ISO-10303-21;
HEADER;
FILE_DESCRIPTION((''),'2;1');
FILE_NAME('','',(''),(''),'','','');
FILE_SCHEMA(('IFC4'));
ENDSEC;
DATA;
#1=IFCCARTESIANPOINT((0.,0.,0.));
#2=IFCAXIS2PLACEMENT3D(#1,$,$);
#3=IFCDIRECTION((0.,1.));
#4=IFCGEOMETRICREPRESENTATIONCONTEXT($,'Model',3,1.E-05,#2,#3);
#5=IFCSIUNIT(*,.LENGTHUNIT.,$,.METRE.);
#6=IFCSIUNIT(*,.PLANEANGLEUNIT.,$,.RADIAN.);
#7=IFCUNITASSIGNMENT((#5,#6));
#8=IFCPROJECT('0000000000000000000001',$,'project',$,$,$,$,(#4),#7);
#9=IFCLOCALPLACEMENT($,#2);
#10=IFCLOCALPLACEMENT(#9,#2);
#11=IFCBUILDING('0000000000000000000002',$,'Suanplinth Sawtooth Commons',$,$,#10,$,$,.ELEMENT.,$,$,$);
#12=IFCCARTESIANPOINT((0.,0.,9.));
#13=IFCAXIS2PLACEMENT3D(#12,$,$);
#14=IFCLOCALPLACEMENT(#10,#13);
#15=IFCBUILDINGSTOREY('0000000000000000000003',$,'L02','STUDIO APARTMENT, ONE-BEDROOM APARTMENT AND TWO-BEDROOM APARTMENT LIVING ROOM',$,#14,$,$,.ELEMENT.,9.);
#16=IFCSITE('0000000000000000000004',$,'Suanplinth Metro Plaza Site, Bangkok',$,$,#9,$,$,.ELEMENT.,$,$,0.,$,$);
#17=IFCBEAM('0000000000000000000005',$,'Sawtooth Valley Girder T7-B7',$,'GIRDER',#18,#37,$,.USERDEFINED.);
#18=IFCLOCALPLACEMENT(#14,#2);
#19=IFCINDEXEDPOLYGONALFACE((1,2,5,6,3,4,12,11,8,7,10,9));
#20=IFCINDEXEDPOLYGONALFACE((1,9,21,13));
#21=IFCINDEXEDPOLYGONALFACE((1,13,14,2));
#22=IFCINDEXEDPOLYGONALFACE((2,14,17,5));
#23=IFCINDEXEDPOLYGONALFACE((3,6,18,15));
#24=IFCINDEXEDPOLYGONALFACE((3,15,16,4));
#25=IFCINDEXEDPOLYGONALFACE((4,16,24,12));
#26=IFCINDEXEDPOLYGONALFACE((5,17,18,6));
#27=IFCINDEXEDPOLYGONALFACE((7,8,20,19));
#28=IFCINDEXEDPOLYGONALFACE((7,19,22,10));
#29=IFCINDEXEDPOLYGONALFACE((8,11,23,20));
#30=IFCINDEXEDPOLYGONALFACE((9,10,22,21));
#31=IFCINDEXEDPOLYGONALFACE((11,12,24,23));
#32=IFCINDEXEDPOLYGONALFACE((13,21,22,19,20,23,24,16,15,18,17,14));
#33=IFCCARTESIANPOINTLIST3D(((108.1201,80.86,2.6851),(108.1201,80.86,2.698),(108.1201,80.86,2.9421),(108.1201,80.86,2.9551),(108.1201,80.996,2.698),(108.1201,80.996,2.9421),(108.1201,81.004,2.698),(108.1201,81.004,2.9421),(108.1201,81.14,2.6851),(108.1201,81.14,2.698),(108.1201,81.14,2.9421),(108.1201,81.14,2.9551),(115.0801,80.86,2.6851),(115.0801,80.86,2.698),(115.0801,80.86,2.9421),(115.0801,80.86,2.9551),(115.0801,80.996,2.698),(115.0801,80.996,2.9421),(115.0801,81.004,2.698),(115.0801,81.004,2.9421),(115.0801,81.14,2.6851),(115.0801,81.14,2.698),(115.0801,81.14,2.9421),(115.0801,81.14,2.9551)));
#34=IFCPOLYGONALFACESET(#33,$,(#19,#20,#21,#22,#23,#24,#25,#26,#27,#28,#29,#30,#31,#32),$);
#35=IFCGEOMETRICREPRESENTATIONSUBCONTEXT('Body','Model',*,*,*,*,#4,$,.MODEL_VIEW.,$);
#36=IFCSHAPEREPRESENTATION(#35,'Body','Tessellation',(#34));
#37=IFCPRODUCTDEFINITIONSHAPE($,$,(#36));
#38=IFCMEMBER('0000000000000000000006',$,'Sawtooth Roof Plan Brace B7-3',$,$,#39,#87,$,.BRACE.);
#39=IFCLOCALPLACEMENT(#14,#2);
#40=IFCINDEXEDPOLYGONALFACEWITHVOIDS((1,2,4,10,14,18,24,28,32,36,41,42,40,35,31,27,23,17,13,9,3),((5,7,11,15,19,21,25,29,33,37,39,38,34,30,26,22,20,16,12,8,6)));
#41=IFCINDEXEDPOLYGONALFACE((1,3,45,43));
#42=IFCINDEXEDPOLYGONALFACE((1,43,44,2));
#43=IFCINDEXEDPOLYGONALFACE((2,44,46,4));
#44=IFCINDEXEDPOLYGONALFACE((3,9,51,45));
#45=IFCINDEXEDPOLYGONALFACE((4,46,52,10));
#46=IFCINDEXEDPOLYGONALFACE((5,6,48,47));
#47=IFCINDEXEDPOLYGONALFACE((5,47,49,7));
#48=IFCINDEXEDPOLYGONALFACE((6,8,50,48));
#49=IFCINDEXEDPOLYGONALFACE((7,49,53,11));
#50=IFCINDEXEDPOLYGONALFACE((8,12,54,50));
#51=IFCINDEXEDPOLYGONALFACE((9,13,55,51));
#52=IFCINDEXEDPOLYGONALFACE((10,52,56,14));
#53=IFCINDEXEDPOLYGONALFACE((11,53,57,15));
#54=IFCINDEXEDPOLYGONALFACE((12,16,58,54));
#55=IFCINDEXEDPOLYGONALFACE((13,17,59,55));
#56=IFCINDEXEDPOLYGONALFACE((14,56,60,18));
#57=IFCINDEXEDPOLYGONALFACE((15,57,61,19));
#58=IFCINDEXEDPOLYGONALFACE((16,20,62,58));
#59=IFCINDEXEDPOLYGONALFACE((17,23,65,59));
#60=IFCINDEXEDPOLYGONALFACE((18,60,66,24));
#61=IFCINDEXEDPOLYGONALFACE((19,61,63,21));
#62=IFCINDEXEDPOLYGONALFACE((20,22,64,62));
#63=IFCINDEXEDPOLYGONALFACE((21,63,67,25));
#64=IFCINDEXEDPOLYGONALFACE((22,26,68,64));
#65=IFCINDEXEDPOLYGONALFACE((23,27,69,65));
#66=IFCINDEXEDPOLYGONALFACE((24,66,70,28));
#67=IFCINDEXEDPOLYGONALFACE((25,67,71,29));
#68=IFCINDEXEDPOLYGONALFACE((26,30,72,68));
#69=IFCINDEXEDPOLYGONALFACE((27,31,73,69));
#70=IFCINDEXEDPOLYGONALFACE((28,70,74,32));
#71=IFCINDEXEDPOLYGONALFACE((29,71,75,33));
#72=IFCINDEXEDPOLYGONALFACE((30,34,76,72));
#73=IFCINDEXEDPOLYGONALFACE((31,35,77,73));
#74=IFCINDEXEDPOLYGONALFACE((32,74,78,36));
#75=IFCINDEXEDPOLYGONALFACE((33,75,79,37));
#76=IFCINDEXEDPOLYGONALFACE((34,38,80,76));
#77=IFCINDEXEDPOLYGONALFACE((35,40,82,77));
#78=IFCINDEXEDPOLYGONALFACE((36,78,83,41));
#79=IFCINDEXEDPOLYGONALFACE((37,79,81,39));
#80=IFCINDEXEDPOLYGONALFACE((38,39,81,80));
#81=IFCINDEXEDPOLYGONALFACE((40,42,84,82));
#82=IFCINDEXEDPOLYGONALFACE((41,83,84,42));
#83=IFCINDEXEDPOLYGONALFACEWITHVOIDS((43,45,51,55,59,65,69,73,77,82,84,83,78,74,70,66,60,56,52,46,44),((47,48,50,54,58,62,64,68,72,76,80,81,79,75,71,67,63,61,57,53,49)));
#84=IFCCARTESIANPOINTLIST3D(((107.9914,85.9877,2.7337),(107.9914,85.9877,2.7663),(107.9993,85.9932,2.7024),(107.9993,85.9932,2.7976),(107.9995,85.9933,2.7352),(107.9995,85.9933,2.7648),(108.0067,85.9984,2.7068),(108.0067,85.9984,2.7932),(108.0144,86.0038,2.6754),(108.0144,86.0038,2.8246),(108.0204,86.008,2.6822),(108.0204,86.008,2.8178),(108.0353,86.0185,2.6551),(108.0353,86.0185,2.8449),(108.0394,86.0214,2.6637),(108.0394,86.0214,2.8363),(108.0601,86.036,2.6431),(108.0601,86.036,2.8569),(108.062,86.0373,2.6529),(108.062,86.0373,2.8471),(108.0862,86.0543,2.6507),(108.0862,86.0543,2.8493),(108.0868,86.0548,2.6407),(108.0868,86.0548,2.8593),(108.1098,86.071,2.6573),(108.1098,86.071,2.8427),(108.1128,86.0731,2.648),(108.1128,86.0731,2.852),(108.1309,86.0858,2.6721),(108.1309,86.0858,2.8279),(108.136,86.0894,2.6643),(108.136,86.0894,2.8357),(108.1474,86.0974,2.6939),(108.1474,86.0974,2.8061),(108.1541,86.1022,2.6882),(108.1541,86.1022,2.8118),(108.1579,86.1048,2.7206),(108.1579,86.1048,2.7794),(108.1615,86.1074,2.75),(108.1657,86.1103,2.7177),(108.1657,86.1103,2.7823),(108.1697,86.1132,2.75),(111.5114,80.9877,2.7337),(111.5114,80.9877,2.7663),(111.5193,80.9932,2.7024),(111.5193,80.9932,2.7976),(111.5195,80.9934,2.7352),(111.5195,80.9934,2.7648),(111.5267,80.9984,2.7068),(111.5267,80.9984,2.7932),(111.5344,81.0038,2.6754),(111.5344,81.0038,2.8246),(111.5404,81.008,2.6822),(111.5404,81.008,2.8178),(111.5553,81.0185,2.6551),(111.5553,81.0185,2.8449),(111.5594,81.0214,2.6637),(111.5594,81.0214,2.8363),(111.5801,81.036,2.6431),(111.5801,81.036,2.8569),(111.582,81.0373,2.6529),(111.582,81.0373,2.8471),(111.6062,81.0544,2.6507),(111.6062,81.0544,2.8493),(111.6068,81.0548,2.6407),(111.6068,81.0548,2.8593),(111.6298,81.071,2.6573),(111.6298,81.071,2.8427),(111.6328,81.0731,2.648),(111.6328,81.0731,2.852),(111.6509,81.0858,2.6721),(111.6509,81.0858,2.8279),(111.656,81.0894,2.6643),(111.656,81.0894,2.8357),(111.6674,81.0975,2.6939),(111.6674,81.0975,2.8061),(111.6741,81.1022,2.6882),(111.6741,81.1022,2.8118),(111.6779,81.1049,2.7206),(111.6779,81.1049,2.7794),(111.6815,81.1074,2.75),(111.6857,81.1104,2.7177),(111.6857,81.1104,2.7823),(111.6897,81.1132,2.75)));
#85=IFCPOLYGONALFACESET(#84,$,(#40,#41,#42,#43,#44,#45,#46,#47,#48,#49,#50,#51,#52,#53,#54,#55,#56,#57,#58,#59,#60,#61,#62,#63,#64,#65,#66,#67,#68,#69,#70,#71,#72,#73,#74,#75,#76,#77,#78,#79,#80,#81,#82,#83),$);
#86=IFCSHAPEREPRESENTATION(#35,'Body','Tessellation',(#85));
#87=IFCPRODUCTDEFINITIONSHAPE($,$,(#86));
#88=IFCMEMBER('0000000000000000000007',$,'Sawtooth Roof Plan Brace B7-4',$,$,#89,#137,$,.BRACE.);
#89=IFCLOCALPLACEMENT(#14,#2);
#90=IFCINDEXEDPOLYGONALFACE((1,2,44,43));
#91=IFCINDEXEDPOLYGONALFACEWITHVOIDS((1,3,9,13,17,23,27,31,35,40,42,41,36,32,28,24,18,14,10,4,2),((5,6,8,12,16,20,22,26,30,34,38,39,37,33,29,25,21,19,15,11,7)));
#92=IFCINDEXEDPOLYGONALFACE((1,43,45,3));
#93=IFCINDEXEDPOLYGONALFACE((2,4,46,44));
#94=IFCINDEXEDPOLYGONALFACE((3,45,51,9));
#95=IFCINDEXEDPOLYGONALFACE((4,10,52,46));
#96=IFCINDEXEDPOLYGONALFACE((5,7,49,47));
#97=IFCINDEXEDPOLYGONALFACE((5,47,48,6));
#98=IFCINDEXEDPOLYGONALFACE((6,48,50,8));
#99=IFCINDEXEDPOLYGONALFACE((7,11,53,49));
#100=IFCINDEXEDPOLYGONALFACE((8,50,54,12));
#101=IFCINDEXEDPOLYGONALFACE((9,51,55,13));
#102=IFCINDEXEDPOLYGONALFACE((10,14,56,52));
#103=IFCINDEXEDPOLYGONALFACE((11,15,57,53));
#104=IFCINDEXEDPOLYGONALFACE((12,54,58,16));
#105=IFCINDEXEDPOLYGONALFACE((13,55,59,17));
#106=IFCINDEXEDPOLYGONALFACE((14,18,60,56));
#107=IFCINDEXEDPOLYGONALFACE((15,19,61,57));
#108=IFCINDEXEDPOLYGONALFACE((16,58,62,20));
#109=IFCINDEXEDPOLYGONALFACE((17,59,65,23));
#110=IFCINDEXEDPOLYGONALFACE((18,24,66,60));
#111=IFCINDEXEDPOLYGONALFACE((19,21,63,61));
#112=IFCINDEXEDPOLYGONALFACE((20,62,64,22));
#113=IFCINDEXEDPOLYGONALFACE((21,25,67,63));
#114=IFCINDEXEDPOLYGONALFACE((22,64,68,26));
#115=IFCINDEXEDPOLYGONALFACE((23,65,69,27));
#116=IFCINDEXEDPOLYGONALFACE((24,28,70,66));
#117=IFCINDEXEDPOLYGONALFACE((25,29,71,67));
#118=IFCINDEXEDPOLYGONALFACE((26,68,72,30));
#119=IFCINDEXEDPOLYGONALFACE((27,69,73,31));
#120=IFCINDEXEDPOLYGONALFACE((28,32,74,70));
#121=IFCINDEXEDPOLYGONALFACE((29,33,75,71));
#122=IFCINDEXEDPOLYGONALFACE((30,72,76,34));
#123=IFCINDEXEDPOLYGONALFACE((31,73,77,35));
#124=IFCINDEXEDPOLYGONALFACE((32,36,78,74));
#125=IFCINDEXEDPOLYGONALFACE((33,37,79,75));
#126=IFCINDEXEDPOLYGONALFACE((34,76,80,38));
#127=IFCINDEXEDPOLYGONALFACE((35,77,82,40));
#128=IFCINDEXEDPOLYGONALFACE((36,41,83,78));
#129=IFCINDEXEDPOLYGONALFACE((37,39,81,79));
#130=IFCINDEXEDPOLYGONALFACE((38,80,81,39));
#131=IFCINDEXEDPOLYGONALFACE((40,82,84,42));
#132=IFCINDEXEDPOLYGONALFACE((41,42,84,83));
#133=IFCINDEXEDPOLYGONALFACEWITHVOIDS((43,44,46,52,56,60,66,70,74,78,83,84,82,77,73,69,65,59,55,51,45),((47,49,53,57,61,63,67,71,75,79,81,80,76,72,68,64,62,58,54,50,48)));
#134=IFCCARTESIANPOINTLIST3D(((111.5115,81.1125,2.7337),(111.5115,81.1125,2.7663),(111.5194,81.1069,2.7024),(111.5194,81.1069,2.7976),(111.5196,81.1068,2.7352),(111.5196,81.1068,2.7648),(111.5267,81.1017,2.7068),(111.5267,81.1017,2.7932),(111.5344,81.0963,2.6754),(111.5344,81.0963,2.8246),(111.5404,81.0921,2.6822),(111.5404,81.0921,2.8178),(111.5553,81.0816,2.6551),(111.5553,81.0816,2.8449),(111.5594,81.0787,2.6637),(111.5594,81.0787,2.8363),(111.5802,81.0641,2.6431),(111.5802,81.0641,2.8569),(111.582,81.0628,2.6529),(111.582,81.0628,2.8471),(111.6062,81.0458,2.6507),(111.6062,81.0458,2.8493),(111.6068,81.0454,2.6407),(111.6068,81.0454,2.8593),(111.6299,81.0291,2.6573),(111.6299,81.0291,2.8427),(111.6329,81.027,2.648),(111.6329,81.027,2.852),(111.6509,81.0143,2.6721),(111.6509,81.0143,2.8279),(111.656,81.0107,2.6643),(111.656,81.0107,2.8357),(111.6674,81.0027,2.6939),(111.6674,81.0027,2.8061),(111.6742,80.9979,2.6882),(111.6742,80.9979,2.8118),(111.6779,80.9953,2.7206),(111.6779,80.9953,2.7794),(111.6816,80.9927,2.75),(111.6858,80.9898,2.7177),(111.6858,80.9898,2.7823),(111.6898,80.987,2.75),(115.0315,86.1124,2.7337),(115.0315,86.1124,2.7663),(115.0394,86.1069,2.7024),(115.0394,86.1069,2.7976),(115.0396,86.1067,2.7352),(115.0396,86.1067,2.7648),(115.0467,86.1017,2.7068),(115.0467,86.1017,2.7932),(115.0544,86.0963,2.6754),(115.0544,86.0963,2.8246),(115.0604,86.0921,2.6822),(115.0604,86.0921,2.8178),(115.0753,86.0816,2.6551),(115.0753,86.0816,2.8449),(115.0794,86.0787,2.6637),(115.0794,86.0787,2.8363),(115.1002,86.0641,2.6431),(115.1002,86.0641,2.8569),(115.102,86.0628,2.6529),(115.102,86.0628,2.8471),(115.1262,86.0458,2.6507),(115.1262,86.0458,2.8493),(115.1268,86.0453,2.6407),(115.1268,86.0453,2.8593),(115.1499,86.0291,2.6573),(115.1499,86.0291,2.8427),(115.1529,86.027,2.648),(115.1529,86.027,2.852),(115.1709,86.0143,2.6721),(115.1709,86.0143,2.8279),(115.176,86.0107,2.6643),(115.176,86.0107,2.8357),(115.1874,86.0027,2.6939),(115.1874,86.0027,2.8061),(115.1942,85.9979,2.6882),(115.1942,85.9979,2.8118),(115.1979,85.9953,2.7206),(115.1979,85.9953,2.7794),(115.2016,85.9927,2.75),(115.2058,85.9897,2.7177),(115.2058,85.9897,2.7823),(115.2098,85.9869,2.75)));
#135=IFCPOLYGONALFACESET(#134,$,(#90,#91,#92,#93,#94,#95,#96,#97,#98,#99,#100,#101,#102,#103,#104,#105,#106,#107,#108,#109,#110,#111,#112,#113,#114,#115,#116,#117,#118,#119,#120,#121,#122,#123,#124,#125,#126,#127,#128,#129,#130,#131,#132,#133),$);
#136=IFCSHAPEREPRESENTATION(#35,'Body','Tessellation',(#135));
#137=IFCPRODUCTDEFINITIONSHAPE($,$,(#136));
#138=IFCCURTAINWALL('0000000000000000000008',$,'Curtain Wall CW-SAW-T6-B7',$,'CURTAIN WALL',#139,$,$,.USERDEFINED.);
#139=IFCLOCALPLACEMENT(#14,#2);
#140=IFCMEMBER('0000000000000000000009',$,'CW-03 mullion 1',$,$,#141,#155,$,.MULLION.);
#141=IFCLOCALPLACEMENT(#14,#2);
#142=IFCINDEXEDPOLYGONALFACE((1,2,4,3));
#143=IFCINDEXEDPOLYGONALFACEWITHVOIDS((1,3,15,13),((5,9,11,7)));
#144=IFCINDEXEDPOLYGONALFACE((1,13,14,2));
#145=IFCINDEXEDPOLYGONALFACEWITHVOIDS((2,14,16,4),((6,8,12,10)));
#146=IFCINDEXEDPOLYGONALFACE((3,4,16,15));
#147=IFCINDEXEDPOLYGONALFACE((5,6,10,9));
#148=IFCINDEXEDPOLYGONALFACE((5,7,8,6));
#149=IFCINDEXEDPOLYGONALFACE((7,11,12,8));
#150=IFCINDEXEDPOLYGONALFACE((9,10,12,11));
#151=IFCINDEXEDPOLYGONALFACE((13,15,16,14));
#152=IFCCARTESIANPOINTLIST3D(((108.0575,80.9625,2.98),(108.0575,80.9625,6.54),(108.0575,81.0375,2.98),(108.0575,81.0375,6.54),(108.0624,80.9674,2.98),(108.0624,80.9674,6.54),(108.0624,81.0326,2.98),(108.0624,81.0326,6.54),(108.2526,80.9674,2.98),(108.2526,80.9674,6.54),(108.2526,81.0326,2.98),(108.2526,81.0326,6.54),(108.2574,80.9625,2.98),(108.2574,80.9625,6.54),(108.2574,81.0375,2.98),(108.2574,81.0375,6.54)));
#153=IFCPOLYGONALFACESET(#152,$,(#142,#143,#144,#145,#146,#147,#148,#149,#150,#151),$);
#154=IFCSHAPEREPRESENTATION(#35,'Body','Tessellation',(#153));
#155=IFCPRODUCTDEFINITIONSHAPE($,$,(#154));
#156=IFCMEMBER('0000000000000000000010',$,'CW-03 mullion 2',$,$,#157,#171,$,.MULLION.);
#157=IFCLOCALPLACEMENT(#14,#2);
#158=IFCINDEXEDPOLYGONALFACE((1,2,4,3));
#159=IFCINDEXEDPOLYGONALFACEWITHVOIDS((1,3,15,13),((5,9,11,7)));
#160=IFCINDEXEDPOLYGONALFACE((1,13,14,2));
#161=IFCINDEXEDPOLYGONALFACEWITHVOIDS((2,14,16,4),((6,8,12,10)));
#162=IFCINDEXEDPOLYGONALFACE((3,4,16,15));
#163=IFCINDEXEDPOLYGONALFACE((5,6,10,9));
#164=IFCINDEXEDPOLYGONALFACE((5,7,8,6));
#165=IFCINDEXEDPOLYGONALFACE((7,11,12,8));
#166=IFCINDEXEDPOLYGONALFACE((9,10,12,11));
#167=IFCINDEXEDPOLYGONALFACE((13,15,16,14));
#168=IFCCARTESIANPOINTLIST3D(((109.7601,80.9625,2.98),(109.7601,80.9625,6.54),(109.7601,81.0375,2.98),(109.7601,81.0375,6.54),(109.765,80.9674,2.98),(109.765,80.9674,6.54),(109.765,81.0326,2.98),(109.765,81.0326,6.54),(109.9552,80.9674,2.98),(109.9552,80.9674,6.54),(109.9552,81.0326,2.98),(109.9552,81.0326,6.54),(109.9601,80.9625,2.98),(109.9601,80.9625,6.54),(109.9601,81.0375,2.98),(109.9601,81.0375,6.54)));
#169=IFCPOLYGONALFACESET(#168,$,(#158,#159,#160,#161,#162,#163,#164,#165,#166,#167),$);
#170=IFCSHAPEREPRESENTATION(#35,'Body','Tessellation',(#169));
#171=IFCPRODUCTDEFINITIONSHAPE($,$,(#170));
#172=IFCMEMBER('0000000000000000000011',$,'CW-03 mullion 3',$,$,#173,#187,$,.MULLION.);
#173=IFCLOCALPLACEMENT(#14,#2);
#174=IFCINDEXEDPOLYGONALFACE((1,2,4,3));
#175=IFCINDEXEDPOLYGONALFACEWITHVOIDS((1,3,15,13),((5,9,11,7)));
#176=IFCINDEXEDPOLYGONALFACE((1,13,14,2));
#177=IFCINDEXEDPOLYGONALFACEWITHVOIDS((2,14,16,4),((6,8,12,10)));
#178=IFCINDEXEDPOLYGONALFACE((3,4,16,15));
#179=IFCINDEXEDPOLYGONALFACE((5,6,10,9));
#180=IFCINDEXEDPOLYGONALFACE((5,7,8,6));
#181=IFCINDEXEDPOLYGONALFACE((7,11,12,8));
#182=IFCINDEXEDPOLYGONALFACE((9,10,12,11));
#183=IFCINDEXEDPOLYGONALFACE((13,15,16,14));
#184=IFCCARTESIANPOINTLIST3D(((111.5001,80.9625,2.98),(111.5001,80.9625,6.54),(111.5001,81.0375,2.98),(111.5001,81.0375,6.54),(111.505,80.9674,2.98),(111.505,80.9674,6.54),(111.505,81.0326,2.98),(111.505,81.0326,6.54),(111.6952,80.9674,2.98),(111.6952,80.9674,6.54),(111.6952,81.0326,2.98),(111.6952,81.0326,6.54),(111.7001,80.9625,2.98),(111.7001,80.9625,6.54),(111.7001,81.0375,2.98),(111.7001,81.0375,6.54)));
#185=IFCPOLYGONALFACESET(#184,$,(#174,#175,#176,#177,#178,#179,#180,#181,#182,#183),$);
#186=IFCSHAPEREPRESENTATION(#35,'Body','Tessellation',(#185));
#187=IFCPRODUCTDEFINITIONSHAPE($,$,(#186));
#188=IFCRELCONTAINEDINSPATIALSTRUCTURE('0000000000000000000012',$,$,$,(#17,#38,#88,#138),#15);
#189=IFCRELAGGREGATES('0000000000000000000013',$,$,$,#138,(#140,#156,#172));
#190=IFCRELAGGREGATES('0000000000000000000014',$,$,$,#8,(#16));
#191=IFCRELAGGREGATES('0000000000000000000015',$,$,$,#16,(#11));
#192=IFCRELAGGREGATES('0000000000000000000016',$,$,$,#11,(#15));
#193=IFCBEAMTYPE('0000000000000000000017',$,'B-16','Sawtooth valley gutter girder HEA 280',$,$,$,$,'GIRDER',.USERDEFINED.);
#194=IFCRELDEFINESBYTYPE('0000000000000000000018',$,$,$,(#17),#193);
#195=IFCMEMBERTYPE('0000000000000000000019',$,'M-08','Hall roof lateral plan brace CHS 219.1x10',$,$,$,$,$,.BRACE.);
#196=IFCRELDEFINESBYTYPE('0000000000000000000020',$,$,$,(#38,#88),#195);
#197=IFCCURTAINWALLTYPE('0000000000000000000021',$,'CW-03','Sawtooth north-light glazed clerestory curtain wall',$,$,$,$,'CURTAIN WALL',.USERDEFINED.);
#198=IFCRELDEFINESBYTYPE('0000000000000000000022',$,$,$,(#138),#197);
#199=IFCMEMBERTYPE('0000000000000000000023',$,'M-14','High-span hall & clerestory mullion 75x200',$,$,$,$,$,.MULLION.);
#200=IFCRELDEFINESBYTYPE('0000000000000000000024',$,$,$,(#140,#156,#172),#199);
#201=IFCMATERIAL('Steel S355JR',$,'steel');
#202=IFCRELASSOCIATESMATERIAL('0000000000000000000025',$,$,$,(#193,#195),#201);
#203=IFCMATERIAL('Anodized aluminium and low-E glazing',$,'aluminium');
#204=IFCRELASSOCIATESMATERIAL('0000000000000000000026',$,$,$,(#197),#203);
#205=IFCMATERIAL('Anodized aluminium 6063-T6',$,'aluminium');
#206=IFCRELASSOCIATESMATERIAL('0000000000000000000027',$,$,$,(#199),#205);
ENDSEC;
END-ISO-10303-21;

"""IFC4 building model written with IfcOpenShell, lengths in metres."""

from ifc_helpers import new_model, si_unit, direction, frame, origin, origin_2d, place, context, subcontext, project, spatial, hollow_rectangle, hollow_circle, i_section, extrude, material, material_profile, profile_set, type_object, element, aggregate, save


model = new_model("IFC4")

# Units and contexts
model_context = context("Model", 3, precision=1e-05, world=origin(), true_north=direction((0.0, 1.0)))
body_context = subcontext(model_context, "Body", "Model", "MODEL_VIEW")
ifc_project = project(units=[si_unit("LENGTHUNIT", "METRE"), si_unit("PLANEANGLEUNIT", "RADIAN")], contexts=[model_context])

# Site, building, storey
site_placement = place(None, origin())
site = spatial("IfcSite", under=ifc_project, at=site_placement, Name="Suanplinth Metro Plaza Site, Bangkok", CompositionType="ELEMENT", RefElevation=0.0)
building_placement = place(site_placement, origin())
building = spatial("IfcBuilding", under=site, at=building_placement, Name="Suanplinth Sawtooth Commons", CompositionType="ELEMENT")
storey_placement = place(building_placement, frame((0.0, 0.0, 9.0)))
storey = spatial("IfcBuildingStorey", under=building, at=storey_placement, Name="L02", Description="STUDIO APARTMENT, ONE-BEDROOM APARTMENT AND TWO-BEDROOM APARTMENT LIVING ROOM", CompositionType="ELEMENT", Elevation=9.0)

# Beam
ifc_material_1 = material(Name="Steel S355JR", Category="steel")
ifc_material_profile_1 = material_profile(ifc_material_1, i_section(OverallWidth=0.28, OverallDepth=0.27, WebThickness=0.0081, FlangeThickness=0.0129, at=origin_2d()), Name="HEA 280")
ifc_profile_set_1 = profile_set([ifc_material_profile_1], Name="Steel S355JR")
beam_type = type_object("IfcBeamType", Name="B-16", Description="Sawtooth valley gutter girder HEA 280", ElementType="GIRDER", PredefinedType="USERDEFINED", material=ifc_profile_set_1)
beam_placement = place(storey_placement, frame((108.1201, 81.0, 2.8201), z_axis=(1.0, 0.0, 0.0), x_axis=(0.0, 1.0, 0.0)))
element("IfcBeam", 1, at=beam_placement, inside=storey, type_object=beam_type, Name="Sawtooth Valley Girder T7-B7", ObjectType="GIRDER", PredefinedType="USERDEFINED", context=body_context, shape_type="SweptSolid", body=[
    extrude(i_section(OverallWidth=0.28, OverallDepth=0.27, WebThickness=0.0081, FlangeThickness=0.0129, at=origin_2d()), origin(), (0.0, 0.0, 1.0), 6.96),
])

# Members
ifc_material_profile_2 = material_profile(ifc_material_1, hollow_circle(Radius=0.1096, WallThickness=0.01, at=origin_2d()), Name="CHS 219.1x10")
ifc_profile_set_2 = profile_set([ifc_material_profile_2], Name="Steel S355JR")
member_type_1 = type_object("IfcMemberType", Name="M-08", Description="Hall roof lateral plan brace CHS 219.1x10", PredefinedType="BRACE", material=ifc_profile_set_2)
for number, where, z_axis, x_axis, name in (
    (2, (108.0801, 86.05, 2.75), (0.575658, -0.817691, 0.0), (0.817691, 0.575658, 0.0), "Sawtooth Roof Plan Brace B7-3"),
    (3, (115.1201, 86.05, 2.75), (-0.575658, -0.817691, 0.0), (0.817691, -0.575658, 0.0), "Sawtooth Roof Plan Brace B7-4"),
):
    element("IfcMember", number, at=place(storey_placement, frame(where, z_axis=z_axis, x_axis=x_axis)), inside=storey, type_object=member_type_1, Name=name, PredefinedType="BRACE", context=body_context, shape_type="SweptSolid", body=[
        extrude(hollow_circle(Radius=0.1096, WallThickness=0.01, at=origin_2d()), origin(), (0.0, 0.0, 1.0), 6.1147),
    ])

# Curtain wall, members
ifc_material_2 = material(Name="Anodized aluminium and low-E glazing", Category="aluminium")
curtain_wall_type = type_object("IfcCurtainWallType", Name="CW-03", Description="Sawtooth north-light glazed clerestory curtain wall", ElementType="CURTAIN WALL", PredefinedType="USERDEFINED", material=ifc_material_2)
curtain_wall_placement = place(storey_placement, origin())
curtain_wall = element("IfcCurtainWall", 4, at=curtain_wall_placement, inside=storey, type_object=curtain_wall_type, Name="Curtain Wall CW-SAW-T6-B7", ObjectType="CURTAIN WALL", PredefinedType="USERDEFINED")
ifc_material_3 = material(Name="Anodized aluminium 6063-T6", Category="aluminium")
ifc_material_profile_3 = material_profile(ifc_material_3, hollow_rectangle(XDim=0.075, YDim=0.2, WallThickness=0.0049, at=origin_2d()), Name="ALU-MUL 75x200")
ifc_profile_set_3 = profile_set([ifc_material_profile_3], Name="Anodized aluminium 6063-T6")
member_type_2 = type_object("IfcMemberType", Name="M-14", Description="High-span hall & clerestory mullion 75x200", PredefinedType="MULLION", material=ifc_profile_set_3)
member_1_placement = place(storey_placement, frame((108.1575, 81.0, 2.98), z_axis=(0.0, 0.0, 1.0), x_axis=(0.0, 1.0, 0.0)))
member_1 = element("IfcMember", 5, at=member_1_placement, type_object=member_type_2, Name="CW-03 mullion 1", PredefinedType="MULLION", context=body_context, shape_type="SweptSolid", body=[
    extrude(hollow_rectangle(XDim=0.075, YDim=0.2, WallThickness=0.0049, at=origin_2d()), origin(), (0.0, 0.0, 1.0), 3.5601),
])
member_2_placement = place(storey_placement, frame((109.8601, 81.0, 2.98), z_axis=(0.0, 0.0, 1.0), x_axis=(0.0, 1.0, 0.0)))
member_2 = element("IfcMember", 6, at=member_2_placement, type_object=member_type_2, Name="CW-03 mullion 2", PredefinedType="MULLION", context=body_context, shape_type="SweptSolid", body=[
    extrude(hollow_rectangle(XDim=0.075, YDim=0.2, WallThickness=0.0049, at=origin_2d()), origin(), (0.0, 0.0, 1.0), 3.5601),
])
member_3_placement = place(storey_placement, frame((111.6001, 81.0, 2.98), z_axis=(0.0, 0.0, 1.0), x_axis=(0.0, 1.0, 0.0)))
member_3 = element("IfcMember", 7, at=member_3_placement, type_object=member_type_2, Name="CW-03 mullion 3", PredefinedType="MULLION", context=body_context, shape_type="SweptSolid", body=[
    extrude(hollow_rectangle(XDim=0.075, YDim=0.2, WallThickness=0.0049, at=origin_2d()), origin(), (0.0, 0.0, 1.0), 3.5601),
])

aggregate(curtain_wall, [member_1, member_2, member_3])

save(model, "model.ifc")
